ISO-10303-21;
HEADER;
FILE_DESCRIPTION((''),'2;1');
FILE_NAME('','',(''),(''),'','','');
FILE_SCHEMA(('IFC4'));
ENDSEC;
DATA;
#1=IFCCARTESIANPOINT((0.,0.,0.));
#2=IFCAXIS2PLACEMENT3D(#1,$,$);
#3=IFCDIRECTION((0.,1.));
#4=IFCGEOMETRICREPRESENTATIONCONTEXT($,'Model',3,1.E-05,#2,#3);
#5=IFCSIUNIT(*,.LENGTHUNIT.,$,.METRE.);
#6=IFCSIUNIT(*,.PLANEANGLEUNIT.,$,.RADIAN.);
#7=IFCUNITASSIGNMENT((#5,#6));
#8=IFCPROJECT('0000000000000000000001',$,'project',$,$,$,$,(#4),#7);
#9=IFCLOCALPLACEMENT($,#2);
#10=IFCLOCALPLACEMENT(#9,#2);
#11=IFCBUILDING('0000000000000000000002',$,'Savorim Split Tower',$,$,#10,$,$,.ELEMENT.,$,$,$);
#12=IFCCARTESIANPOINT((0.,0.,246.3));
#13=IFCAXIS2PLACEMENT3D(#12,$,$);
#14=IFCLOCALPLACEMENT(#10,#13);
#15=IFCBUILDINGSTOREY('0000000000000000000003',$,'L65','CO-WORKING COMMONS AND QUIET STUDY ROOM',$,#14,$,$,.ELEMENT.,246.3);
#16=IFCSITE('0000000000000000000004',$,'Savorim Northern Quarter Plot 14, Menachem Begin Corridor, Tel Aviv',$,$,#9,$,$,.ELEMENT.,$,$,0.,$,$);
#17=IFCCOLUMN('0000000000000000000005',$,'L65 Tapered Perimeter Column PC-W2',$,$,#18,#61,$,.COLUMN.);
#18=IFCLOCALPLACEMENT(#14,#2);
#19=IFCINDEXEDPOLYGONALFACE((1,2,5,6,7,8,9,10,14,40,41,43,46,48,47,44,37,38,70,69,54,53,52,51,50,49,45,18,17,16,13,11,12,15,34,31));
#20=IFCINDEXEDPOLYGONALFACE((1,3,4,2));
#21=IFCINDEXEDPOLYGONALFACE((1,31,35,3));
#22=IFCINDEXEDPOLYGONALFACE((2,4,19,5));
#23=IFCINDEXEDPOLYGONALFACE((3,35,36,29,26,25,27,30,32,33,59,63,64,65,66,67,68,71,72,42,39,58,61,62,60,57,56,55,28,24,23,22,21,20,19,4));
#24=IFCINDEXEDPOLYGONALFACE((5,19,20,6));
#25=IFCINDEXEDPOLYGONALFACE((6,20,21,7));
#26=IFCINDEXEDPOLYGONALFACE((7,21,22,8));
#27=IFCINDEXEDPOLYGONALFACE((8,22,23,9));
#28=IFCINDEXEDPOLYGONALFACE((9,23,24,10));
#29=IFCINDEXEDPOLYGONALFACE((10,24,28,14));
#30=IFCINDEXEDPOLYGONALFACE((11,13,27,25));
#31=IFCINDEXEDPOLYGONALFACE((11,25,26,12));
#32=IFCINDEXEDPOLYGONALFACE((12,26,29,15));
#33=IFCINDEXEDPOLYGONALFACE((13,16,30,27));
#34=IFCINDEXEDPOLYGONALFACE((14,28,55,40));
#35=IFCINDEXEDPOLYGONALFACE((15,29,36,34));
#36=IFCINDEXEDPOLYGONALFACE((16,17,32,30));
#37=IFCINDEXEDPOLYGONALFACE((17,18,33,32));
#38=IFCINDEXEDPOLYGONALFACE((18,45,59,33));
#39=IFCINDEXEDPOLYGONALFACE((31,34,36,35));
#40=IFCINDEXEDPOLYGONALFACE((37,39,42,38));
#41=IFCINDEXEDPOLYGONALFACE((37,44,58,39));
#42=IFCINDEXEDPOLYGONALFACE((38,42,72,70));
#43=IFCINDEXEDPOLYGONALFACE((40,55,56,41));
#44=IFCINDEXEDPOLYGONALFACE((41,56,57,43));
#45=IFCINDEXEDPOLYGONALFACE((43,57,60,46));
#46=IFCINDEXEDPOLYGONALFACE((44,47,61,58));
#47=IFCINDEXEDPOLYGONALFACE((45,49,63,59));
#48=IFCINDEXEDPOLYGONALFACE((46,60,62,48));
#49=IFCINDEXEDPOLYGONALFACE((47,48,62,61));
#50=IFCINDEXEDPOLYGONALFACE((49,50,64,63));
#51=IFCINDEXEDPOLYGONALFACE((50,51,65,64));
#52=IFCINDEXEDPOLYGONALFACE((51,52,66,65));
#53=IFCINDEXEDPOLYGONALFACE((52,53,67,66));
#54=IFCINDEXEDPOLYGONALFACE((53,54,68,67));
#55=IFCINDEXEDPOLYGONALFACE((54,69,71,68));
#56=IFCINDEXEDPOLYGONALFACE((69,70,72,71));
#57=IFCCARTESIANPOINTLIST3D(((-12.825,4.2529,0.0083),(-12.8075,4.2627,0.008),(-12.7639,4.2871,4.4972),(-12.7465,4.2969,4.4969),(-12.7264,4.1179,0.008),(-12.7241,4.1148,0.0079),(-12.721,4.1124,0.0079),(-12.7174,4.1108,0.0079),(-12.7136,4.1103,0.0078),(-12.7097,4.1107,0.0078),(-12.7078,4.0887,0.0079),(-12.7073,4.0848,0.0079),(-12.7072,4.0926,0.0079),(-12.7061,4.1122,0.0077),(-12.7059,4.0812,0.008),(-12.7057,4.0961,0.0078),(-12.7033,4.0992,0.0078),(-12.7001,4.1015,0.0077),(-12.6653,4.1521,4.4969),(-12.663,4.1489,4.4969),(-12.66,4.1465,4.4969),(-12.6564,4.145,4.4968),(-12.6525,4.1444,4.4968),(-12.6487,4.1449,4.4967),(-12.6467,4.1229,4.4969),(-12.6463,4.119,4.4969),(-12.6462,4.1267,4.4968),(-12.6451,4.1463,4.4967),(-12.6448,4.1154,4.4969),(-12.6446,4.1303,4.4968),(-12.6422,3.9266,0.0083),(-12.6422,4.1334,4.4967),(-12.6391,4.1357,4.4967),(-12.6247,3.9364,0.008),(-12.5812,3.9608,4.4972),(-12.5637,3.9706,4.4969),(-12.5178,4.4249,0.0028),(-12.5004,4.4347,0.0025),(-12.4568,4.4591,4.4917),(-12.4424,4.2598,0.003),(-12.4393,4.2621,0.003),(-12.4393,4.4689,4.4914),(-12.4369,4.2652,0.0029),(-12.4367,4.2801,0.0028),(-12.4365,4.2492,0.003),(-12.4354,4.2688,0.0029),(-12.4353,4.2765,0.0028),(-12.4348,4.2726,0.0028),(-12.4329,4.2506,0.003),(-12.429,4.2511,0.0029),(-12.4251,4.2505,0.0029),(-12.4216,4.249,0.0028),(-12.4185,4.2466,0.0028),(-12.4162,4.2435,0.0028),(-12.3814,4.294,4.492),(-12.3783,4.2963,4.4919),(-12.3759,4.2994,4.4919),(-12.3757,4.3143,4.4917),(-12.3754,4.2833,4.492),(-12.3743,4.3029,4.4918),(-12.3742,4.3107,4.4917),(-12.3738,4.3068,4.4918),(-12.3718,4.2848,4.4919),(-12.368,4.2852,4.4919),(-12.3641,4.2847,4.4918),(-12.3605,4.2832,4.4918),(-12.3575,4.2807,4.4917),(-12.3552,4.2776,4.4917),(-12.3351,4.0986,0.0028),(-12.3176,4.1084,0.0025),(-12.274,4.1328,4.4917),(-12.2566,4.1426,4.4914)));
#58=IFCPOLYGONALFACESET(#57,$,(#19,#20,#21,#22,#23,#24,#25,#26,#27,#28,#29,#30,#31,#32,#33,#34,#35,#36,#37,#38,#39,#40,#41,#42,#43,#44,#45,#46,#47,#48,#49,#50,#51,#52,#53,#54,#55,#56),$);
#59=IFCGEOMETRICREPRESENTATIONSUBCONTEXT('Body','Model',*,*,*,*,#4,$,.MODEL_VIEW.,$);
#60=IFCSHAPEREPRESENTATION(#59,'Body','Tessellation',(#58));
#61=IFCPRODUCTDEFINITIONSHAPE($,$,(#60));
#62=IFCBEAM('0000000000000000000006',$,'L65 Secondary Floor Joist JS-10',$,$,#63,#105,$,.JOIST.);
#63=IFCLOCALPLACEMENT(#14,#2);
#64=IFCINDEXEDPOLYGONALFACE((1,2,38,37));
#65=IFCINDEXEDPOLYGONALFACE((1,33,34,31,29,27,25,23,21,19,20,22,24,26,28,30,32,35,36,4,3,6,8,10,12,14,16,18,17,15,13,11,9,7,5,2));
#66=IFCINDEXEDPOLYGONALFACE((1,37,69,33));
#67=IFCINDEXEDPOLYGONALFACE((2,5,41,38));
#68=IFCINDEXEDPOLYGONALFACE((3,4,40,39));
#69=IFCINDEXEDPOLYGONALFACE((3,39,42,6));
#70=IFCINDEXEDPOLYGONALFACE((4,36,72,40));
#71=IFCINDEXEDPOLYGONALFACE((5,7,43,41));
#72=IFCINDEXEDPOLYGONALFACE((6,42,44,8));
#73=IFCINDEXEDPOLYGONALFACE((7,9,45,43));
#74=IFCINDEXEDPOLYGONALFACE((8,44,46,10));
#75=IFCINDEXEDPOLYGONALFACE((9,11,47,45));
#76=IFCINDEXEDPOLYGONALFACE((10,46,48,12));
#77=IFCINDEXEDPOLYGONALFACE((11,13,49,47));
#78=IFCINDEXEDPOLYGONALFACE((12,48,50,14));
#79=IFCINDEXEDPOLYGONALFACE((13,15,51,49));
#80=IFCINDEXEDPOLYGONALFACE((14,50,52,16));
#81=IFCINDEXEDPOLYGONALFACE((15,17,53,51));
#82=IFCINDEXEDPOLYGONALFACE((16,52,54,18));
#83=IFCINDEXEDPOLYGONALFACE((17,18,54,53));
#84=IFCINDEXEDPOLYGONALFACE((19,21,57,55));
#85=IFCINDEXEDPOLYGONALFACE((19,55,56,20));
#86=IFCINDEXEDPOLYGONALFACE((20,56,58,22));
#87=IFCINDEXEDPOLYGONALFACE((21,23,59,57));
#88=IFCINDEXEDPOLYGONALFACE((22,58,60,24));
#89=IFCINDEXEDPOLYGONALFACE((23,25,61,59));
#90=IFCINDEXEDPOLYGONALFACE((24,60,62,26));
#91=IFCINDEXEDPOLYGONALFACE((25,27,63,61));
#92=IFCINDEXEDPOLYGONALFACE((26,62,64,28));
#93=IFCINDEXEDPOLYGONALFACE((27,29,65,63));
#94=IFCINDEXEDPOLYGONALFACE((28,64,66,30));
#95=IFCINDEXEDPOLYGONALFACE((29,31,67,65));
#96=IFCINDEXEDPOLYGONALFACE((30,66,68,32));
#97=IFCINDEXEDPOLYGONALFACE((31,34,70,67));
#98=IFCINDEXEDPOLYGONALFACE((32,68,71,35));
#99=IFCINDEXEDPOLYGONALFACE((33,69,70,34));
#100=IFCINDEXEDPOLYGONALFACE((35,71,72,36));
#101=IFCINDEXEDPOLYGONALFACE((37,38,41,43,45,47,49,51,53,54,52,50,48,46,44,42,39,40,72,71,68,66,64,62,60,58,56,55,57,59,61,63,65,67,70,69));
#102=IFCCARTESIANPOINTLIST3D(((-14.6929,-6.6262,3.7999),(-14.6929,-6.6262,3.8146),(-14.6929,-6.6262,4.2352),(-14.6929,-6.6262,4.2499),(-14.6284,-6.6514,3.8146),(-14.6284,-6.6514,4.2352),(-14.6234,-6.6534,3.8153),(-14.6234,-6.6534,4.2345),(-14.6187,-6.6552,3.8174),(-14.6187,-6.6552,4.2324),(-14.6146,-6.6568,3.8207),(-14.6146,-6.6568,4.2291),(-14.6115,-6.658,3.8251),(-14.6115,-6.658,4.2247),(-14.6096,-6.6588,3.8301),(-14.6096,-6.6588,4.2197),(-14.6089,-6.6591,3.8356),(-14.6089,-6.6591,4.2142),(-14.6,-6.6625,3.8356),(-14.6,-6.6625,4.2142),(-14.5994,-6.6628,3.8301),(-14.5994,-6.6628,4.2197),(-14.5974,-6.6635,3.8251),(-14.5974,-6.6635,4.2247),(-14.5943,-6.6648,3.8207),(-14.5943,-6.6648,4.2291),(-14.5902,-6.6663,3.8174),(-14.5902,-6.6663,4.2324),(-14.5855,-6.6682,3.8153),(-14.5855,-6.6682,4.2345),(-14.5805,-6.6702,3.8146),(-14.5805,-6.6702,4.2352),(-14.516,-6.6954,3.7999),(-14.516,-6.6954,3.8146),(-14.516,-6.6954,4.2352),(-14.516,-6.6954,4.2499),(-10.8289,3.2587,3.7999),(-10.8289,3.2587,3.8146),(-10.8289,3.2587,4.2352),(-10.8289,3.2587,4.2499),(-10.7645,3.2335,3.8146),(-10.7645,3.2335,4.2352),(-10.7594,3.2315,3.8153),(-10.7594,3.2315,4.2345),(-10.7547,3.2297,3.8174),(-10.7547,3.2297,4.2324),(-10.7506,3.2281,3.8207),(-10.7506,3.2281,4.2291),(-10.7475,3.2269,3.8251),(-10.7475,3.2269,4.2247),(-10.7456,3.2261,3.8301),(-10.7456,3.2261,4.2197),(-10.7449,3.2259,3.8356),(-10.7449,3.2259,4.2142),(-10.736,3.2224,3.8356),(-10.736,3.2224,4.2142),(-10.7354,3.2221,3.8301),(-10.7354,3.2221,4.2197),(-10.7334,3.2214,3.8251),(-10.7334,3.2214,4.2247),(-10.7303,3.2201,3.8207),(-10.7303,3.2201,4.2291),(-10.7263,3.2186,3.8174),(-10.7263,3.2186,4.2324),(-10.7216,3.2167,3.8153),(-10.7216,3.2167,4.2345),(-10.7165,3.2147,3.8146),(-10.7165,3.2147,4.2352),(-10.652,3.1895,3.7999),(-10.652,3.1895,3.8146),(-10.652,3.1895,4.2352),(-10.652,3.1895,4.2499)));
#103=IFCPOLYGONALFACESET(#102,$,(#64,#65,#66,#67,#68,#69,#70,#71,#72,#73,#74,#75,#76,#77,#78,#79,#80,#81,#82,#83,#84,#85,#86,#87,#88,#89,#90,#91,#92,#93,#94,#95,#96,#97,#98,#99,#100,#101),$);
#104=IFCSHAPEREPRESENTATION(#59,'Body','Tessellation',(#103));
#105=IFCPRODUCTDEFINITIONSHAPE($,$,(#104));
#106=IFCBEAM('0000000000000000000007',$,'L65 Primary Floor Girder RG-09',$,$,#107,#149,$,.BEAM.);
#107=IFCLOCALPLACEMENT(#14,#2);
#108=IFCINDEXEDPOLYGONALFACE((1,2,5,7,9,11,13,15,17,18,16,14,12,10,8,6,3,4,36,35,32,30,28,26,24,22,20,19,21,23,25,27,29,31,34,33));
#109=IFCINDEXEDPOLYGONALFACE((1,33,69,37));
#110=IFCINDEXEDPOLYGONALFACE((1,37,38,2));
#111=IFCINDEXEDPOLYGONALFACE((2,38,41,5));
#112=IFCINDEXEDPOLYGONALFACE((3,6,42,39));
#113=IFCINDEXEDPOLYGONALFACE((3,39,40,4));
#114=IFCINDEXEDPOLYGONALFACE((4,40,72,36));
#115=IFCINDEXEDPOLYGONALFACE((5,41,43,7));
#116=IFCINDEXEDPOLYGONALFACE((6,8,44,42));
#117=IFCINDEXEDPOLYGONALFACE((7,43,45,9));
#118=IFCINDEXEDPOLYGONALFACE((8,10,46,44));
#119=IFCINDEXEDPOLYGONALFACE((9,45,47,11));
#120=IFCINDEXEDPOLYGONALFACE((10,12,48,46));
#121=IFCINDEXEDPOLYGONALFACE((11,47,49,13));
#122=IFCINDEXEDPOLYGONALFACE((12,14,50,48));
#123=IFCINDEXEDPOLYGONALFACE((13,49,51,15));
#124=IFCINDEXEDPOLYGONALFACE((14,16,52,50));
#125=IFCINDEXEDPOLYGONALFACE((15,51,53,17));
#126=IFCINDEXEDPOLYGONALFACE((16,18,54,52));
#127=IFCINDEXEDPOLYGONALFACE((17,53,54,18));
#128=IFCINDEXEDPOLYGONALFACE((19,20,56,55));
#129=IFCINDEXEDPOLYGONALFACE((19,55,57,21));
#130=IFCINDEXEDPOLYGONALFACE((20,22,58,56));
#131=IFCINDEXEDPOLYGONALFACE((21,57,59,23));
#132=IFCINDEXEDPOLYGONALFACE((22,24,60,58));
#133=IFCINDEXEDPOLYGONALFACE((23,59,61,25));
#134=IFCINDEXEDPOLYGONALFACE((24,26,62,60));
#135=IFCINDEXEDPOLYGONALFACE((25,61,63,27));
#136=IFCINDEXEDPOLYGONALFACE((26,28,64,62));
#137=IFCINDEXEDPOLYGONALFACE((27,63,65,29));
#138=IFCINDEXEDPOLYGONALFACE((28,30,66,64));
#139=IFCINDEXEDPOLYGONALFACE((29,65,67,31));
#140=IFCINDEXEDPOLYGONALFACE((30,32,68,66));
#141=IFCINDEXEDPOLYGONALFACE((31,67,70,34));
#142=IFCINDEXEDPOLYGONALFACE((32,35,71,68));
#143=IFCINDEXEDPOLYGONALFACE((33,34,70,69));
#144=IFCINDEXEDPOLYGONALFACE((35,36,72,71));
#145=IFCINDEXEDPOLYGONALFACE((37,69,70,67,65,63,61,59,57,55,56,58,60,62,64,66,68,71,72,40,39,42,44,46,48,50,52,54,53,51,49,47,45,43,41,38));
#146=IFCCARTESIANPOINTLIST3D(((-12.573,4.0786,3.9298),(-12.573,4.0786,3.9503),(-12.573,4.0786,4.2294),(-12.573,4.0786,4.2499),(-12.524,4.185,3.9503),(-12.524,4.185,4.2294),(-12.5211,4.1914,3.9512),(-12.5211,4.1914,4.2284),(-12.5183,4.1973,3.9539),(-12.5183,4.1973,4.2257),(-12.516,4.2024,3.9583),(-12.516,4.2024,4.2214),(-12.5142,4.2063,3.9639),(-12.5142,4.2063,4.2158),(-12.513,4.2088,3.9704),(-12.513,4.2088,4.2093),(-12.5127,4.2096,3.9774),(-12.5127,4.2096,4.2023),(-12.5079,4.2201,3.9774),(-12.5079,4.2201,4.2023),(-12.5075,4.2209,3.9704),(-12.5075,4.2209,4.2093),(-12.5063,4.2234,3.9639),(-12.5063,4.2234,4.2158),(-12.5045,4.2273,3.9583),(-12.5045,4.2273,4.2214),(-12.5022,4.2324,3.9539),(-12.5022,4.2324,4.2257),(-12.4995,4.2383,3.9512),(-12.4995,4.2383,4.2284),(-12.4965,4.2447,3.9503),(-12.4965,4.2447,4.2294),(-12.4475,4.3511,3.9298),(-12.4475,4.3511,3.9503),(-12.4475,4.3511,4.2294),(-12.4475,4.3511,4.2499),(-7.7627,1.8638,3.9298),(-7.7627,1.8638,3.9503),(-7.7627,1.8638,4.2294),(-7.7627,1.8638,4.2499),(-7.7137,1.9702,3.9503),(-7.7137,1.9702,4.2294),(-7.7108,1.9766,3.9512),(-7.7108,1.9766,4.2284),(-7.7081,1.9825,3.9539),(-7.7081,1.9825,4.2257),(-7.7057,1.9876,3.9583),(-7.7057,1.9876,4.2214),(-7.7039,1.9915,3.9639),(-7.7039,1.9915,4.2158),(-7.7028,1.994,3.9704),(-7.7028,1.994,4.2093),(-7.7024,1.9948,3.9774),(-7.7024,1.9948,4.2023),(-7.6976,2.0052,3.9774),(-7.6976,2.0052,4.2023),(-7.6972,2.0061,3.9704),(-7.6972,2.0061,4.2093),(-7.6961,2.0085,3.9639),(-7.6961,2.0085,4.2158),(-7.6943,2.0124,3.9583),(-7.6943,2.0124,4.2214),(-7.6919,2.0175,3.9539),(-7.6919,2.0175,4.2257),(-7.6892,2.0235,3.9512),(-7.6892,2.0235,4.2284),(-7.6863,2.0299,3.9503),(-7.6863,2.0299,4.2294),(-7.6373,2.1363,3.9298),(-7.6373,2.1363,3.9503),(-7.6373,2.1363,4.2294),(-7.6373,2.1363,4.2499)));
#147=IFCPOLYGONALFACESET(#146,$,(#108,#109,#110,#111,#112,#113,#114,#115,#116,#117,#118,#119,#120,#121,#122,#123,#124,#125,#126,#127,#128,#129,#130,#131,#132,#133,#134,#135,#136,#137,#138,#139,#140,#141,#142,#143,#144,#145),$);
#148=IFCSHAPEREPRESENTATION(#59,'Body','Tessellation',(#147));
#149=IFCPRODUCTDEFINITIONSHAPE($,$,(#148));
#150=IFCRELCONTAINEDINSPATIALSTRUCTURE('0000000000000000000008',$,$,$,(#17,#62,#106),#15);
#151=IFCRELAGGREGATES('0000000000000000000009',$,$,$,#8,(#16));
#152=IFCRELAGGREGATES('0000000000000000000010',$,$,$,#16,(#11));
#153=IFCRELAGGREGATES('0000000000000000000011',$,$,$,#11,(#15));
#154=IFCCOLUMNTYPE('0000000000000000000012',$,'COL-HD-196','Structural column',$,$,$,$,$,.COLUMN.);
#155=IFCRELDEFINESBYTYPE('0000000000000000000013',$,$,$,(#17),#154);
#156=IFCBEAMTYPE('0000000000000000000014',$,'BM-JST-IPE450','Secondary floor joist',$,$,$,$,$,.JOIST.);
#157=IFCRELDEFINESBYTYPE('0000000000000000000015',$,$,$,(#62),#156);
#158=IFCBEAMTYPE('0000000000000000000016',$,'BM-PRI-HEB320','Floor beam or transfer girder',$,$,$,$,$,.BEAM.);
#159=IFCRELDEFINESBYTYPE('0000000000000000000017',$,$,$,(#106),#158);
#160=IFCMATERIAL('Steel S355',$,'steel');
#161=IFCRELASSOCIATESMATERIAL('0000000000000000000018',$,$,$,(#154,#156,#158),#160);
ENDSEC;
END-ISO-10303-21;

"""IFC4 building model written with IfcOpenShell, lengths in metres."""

from ifc_helpers import new_model, si_unit, direction, frame, origin, origin_2d, place, context, subcontext, project, spatial, i_section, extrude, material, material_profile, profile_set, type_object, element, save


model = new_model("IFC4")

# Units and contexts
model_context = context("Model", 3, precision=1e-05, world=origin(), true_north=direction((0.0, 1.0)))
body_context = subcontext(model_context, "Body", "Model", "MODEL_VIEW")
ifc_project = project(units=[si_unit("LENGTHUNIT", "METRE"), si_unit("PLANEANGLEUNIT", "RADIAN")], contexts=[model_context])

# Site, building, storey
site_placement = place(None, origin())
site = spatial("IfcSite", under=ifc_project, at=site_placement, Name="Savorim Northern Quarter Plot 14, Menachem Begin Corridor, Tel Aviv", CompositionType="ELEMENT", RefElevation=0.0)
building_placement = place(site_placement, origin())
building = spatial("IfcBuilding", under=site, at=building_placement, Name="Savorim Split Tower", CompositionType="ELEMENT")
storey_placement = place(building_placement, frame((0.0, 0.0, 246.3)))
storey = spatial("IfcBuildingStorey", under=building, at=storey_placement, Name="L65", Description="CO-WORKING COMMONS AND QUIET STUDY ROOM", CompositionType="ELEMENT", Elevation=246.3)

# Column
ifc_material_1 = material(Name="Steel S355", Category="steel")
ifc_material_profile_1 = material_profile(ifc_material_1, i_section(OverallWidth=0.374, OverallDepth=0.3721, WebThickness=0.0122, FlangeThickness=0.02, FilletRadius=0.0149, at=origin_2d()), Name="HD 360x196")
ifc_profile_set_1 = profile_set([ifc_material_profile_1], Name="Steel S355")
column_type = type_object("IfcColumnType", Name="COL-HD-196", Description="Structural column", PredefinedType="COLUMN", material=ifc_profile_set_1)
column_placement = place(storey_placement, frame((-12.5713, 4.1807, 0.0054), z_axis=(0.013595, 0.007613, 0.999879), x_axis=(-0.488603, 0.872506, 0.0)))
element("IfcColumn", 1, at=column_placement, inside=storey, type_object=column_type, Name="L65 Tapered Perimeter Column PC-W2", PredefinedType="COLUMN", context=body_context, shape_type="SweptSolid", body=[
    extrude(i_section(OverallWidth=0.374, OverallDepth=0.3721, WebThickness=0.0122, FlangeThickness=0.02, FilletRadius=0.0149, at=origin_2d()), origin(), (0.0, 0.0, 1.0), 4.4895),
])

# Beams
ifc_material_profile_2 = material_profile(ifc_material_1, i_section(OverallWidth=0.1899, OverallDepth=0.45, WebThickness=0.0095, FlangeThickness=0.0146, FilletRadius=0.021, at=origin_2d()), Name="IPE 450")
ifc_profile_set_2 = profile_set([ifc_material_profile_2], Name="Steel S355")
beam_type_1 = type_object("IfcBeamType", Name="BM-JST-IPE450", Description="Secondary floor joist", PredefinedType="JOIST", material=ifc_profile_set_2)
beam_1_placement = place(storey_placement, frame((-10.7405, 3.2241, 4.0249), z_axis=(-0.36407, -0.931372, 0.0), x_axis=(0.931372, -0.36407, 0.0)))
element("IfcBeam", 2, at=beam_1_placement, inside=storey, type_object=beam_type_1, Name="L65 Secondary Floor Joist JS-10", PredefinedType="JOIST", context=body_context, shape_type="SweptSolid", body=[
    extrude(i_section(OverallWidth=0.1899, OverallDepth=0.45, WebThickness=0.0095, FlangeThickness=0.0146, FilletRadius=0.021, at=origin_2d()), origin(), (0.0, 0.0, 1.0), 10.6133),
])
ifc_material_profile_3 = material_profile(ifc_material_1, i_section(OverallWidth=0.3, OverallDepth=0.3201, WebThickness=0.0115, FlangeThickness=0.0205, FilletRadius=0.0271, at=origin_2d()), Name="HEB 320")
ifc_profile_set_3 = profile_set([ifc_material_profile_3], Name="Steel S355")
beam_type_2 = type_object("IfcBeamType", Name="BM-PRI-HEB320", Description="Floor beam or transfer girder", PredefinedType="BEAM", material=ifc_profile_set_3)
beam_2_placement = place(storey_placement, frame((-12.5103, 4.2148, 4.0898), z_axis=(0.90834, -0.418234, 0.0), x_axis=(0.418234, 0.90834, 0.0)))
element("IfcBeam", 3, at=beam_2_placement, inside=storey, type_object=beam_type_2, Name="L65 Primary Floor Girder RG-09", PredefinedType="BEAM", context=body_context, shape_type="SweptSolid", body=[
    extrude(i_section(OverallWidth=0.3, OverallDepth=0.3201, WebThickness=0.0115, FlangeThickness=0.0205, FilletRadius=0.0271, at=origin_2d()), origin(), (0.0, 0.0, 1.0), 5.2957),
])

save(model, "model.ifc")
